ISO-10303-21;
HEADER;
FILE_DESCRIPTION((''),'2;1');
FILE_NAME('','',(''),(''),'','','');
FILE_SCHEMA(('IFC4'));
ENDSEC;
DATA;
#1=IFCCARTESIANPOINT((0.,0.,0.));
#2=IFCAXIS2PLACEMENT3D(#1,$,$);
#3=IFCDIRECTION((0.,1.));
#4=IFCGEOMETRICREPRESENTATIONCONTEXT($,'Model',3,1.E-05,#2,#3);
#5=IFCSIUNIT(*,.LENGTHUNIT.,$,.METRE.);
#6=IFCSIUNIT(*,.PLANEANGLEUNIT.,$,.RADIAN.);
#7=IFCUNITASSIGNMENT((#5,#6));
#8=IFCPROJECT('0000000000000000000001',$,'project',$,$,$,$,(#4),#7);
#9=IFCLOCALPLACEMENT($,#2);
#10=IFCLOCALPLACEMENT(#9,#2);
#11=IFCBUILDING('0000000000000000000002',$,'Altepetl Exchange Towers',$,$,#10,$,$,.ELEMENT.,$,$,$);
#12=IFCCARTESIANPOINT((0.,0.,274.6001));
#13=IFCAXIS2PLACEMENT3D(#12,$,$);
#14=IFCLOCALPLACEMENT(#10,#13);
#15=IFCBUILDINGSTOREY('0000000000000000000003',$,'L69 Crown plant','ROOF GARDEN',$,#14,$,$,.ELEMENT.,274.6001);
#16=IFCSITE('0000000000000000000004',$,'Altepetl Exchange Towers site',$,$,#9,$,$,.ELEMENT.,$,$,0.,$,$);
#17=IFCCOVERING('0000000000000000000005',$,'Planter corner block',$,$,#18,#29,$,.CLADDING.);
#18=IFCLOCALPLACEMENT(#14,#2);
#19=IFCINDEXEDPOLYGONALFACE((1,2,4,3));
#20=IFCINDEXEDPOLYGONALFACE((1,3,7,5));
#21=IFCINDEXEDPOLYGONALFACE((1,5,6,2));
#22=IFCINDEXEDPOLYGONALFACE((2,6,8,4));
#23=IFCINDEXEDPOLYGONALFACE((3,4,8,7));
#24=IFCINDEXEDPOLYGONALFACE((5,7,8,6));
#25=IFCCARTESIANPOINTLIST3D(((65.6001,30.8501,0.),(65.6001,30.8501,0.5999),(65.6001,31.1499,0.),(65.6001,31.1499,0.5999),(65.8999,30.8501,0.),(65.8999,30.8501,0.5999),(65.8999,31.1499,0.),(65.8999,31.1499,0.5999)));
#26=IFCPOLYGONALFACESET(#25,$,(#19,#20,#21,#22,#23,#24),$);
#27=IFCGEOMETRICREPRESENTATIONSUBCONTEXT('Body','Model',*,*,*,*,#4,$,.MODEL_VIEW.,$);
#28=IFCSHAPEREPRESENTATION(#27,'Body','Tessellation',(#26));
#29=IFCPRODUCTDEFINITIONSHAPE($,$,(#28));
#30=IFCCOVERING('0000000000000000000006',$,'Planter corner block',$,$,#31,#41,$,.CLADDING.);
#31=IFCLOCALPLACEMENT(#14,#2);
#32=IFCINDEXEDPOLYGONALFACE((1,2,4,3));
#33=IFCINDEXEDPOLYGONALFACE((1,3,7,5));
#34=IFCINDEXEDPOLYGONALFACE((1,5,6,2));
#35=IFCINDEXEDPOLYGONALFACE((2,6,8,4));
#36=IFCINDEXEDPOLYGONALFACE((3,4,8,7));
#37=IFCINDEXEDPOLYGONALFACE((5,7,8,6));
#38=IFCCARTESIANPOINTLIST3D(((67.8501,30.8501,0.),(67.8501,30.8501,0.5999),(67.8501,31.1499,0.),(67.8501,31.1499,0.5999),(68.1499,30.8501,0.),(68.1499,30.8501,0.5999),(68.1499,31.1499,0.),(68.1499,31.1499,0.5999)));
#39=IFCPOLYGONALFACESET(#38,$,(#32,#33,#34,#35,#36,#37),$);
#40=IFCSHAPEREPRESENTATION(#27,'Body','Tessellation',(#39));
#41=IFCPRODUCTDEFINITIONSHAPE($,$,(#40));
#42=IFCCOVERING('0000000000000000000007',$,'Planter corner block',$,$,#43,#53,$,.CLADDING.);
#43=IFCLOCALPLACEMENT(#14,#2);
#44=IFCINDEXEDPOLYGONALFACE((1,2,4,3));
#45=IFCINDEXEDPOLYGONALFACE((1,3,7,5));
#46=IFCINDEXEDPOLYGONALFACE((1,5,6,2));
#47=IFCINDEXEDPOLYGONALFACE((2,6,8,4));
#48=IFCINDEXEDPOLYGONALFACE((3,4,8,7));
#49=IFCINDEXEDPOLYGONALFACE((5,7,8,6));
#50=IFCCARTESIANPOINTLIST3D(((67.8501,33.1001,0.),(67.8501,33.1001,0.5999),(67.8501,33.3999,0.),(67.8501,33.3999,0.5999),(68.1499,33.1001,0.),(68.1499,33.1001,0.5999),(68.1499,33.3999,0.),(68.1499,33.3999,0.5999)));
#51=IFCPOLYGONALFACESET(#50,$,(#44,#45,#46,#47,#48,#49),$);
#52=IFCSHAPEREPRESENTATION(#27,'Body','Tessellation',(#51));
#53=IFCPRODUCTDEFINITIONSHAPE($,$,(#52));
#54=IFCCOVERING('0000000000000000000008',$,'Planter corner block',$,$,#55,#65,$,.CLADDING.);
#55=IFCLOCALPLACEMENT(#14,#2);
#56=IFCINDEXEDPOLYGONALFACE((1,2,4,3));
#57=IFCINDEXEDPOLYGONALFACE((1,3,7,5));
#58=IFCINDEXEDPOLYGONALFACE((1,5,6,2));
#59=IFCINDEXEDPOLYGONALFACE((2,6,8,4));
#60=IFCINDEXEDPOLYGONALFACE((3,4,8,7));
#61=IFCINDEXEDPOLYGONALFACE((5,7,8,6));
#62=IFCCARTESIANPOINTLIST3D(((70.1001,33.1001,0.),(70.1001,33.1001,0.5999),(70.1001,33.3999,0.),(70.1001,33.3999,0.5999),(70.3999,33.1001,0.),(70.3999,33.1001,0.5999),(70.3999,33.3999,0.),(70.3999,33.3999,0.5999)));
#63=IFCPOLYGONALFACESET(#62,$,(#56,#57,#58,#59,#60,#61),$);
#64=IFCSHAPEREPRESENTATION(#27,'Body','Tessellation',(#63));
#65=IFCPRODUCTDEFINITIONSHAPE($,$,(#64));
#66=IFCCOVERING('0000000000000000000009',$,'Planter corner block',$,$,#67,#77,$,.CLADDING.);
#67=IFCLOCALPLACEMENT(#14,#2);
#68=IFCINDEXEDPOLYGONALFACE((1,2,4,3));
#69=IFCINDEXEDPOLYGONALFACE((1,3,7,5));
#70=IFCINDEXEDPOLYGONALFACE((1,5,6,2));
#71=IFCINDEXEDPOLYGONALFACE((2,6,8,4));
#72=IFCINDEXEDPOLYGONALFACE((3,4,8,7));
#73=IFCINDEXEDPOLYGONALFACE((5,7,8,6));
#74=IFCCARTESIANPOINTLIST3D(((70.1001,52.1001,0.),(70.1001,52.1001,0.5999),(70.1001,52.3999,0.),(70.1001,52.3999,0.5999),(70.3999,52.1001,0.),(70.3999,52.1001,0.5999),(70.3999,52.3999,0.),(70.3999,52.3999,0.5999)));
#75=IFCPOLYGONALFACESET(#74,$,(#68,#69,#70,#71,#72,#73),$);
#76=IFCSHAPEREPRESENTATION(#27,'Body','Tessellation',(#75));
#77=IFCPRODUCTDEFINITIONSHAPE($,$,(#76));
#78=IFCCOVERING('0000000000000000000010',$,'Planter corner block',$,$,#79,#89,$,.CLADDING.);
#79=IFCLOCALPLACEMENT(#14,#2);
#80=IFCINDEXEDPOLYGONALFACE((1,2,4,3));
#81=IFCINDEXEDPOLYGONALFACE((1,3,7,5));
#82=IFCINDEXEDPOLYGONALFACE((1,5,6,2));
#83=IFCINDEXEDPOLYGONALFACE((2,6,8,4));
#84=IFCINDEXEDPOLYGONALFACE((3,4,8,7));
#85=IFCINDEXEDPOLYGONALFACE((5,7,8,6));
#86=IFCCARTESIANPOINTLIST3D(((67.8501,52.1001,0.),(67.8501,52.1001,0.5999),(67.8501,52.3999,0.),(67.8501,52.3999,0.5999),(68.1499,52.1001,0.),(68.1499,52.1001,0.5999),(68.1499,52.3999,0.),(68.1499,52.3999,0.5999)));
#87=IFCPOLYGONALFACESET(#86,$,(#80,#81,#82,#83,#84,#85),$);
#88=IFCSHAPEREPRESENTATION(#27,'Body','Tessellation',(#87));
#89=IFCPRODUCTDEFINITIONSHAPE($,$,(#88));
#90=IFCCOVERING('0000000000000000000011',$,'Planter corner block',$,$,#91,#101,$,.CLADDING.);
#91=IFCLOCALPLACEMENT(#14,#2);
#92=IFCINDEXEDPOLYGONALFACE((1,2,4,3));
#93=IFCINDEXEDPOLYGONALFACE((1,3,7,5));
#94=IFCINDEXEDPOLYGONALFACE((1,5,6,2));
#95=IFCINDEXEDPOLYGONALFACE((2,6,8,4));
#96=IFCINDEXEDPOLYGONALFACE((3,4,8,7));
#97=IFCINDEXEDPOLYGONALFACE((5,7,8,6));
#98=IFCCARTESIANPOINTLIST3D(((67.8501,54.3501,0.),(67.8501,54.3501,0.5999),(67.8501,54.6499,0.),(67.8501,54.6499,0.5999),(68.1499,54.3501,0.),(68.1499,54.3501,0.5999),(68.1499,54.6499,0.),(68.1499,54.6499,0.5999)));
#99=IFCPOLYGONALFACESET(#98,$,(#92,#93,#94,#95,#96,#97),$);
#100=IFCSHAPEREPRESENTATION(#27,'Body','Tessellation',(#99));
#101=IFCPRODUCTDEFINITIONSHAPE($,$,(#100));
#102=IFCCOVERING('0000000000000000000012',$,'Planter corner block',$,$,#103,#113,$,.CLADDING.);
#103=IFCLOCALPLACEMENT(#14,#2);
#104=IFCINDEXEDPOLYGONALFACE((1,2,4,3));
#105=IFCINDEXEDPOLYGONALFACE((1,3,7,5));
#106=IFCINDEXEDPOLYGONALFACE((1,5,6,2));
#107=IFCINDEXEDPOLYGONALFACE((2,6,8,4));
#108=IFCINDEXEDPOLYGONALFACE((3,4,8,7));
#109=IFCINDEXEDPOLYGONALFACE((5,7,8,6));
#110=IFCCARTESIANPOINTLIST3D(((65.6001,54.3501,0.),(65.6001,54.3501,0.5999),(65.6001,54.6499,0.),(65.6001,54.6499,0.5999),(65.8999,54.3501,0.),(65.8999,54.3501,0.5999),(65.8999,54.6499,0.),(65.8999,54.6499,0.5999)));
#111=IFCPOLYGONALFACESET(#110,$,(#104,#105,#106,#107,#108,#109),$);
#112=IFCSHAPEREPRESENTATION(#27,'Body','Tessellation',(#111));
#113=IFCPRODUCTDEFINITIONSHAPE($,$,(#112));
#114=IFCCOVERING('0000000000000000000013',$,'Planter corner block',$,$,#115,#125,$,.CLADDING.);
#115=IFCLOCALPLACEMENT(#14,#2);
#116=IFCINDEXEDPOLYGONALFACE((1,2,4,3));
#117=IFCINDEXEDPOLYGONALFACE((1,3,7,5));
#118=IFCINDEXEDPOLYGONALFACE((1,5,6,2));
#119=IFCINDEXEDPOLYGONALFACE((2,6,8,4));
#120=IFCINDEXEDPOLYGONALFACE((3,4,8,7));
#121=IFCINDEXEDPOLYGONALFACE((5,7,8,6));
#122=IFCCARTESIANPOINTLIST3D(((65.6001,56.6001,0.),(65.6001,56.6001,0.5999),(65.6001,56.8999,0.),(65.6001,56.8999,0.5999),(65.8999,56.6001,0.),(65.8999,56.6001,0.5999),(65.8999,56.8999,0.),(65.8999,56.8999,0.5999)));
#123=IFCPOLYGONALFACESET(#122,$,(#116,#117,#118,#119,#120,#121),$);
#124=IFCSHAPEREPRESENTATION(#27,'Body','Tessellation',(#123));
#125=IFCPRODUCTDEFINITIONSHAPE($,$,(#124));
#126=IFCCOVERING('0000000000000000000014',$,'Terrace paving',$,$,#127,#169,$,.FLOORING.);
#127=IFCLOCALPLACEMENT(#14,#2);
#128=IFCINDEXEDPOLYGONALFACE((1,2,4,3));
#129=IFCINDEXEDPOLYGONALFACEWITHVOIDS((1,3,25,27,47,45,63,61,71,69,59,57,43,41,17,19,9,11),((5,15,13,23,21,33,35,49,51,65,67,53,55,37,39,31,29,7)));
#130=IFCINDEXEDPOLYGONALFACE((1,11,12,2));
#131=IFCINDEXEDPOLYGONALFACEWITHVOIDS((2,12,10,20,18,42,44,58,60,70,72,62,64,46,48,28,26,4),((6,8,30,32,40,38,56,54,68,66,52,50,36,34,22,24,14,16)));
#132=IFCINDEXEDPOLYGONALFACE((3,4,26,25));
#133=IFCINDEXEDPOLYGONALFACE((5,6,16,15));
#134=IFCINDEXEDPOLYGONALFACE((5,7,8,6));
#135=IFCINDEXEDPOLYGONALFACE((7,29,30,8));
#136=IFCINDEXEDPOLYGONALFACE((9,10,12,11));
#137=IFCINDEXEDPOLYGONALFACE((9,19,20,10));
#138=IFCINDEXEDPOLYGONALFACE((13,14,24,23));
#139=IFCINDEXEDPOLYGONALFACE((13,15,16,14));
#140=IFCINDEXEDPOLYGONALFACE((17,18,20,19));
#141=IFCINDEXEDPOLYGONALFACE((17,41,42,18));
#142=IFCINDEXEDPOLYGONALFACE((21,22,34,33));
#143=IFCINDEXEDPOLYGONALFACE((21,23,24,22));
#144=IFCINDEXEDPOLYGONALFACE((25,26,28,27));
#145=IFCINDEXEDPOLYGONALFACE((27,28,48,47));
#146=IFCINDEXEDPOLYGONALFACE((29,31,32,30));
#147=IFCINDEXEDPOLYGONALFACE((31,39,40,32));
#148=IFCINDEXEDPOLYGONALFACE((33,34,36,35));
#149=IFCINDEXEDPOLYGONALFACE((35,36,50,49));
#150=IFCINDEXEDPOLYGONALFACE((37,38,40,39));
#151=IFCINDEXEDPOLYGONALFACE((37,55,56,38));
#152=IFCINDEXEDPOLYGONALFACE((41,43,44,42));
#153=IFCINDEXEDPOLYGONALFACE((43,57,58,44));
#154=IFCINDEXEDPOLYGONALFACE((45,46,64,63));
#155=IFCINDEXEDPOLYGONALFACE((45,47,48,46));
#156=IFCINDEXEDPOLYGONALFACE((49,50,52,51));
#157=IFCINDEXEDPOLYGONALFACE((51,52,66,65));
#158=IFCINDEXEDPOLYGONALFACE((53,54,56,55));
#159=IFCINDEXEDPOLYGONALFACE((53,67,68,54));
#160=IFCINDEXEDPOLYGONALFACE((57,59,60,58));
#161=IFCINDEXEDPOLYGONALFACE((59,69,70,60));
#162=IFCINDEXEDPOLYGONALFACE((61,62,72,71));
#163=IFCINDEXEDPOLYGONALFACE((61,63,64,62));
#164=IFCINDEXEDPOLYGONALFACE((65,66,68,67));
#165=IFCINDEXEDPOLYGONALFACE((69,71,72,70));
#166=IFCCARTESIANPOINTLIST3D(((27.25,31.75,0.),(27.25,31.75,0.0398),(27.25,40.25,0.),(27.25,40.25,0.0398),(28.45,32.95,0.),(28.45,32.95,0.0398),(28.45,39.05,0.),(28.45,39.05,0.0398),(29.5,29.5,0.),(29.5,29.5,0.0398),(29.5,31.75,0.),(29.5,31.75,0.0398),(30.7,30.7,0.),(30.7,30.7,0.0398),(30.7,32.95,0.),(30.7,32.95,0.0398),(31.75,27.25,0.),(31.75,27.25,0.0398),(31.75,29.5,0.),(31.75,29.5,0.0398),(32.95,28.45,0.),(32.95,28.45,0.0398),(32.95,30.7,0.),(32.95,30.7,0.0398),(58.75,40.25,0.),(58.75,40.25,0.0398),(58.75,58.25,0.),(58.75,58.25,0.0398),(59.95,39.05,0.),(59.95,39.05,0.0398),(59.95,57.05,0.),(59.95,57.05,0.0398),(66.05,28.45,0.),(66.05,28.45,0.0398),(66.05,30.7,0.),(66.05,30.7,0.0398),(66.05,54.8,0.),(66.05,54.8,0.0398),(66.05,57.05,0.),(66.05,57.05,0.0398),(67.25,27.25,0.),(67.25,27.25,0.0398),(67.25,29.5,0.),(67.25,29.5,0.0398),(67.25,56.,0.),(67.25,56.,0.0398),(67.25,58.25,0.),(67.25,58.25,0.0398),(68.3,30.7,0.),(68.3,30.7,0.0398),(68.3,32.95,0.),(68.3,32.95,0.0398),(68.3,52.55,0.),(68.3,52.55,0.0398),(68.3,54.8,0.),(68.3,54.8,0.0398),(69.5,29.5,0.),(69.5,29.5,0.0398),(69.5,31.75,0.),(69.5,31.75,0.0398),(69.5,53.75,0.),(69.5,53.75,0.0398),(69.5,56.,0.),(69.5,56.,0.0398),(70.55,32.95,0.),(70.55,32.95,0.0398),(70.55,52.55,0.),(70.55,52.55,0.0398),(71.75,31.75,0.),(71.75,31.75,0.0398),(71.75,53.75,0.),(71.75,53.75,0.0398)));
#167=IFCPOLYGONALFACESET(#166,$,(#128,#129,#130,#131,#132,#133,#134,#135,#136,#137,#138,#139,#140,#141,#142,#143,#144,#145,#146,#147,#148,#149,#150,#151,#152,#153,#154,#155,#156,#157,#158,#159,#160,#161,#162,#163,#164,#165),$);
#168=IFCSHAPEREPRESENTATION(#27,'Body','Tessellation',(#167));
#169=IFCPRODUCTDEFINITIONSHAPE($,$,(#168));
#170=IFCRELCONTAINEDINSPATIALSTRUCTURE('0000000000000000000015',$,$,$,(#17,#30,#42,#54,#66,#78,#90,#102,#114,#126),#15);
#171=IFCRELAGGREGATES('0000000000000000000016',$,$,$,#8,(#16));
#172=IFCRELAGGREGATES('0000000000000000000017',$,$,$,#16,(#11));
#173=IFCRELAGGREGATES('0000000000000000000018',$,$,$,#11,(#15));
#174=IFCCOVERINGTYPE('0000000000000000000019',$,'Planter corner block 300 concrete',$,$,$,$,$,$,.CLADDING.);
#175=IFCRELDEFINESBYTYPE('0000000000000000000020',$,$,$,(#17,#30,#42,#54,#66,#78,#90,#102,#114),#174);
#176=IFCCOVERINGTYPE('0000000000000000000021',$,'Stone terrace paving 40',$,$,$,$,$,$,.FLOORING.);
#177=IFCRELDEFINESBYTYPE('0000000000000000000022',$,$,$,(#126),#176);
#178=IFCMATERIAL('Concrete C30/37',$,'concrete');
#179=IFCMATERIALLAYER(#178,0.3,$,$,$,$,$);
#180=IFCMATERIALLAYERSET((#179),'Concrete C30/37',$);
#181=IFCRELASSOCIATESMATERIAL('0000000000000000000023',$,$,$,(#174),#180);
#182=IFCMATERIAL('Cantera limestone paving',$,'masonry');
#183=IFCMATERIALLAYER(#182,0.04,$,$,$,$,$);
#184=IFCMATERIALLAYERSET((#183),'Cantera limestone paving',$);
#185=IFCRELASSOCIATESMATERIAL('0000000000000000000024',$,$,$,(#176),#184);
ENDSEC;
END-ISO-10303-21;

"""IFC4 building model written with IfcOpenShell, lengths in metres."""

from ifc_helpers import new_model, si_unit, direction, frame, origin, place, context, subcontext, project, spatial, polyline, outline, extrude, material, layer, layer_set, type_object, element, save


model = new_model("IFC4")

# Units and contexts
model_context = context("Model", 3, precision=1e-05, world=origin(), true_north=direction((0.0, 1.0)))
body_context = subcontext(model_context, "Body", "Model", "MODEL_VIEW")
ifc_project = project(units=[si_unit("LENGTHUNIT", "METRE"), si_unit("PLANEANGLEUNIT", "RADIAN")], contexts=[model_context])

# Site, building, storey
site_placement = place(None, origin())
site = spatial("IfcSite", under=ifc_project, at=site_placement, Name="Altepetl Exchange Towers site", CompositionType="ELEMENT", RefElevation=0.0)
building_placement = place(site_placement, origin())
building = spatial("IfcBuilding", under=site, at=building_placement, Name="Altepetl Exchange Towers", CompositionType="ELEMENT")
storey_placement = place(building_placement, frame((0.0, 0.0, 274.6001)))
storey = spatial("IfcBuildingStorey", under=building, at=storey_placement, Name="L69 Crown plant", Description="ROOF GARDEN", CompositionType="ELEMENT", Elevation=274.6001)

# Coverings
ifc_material_1 = material(Name="Concrete C30/37", Category="concrete")
ifc_layer_1 = layer(ifc_material_1, 0.3)
ifc_layer_set_1 = layer_set([ifc_layer_1], Name="Concrete C30/37")
covering_type_1 = type_object("IfcCoveringType", Name="Planter corner block 300 concrete", PredefinedType="CLADDING", material=ifc_layer_set_1)
covering_1_placement = place(storey_placement, origin())
element("IfcCovering", 1, at=covering_1_placement, inside=storey, type_object=covering_type_1, Name="Planter corner block", PredefinedType="CLADDING", context=body_context, shape_type="SweptSolid", body=[
    extrude(outline(polyline([(65.8999, 31.1499), (65.6001, 31.1499), (65.6001, 30.8501), (65.8999, 30.8501), (65.8999, 31.1499)])), origin(), (0.0, 0.0, 1.0), 0.5999),
])
covering_2_placement = place(storey_placement, origin())
element("IfcCovering", 2, at=covering_2_placement, inside=storey, type_object=covering_type_1, Name="Planter corner block", PredefinedType="CLADDING", context=body_context, shape_type="SweptSolid", body=[
    extrude(outline(polyline([(67.8501, 31.1499), (67.8501, 30.8501), (68.1499, 30.8501), (68.1499, 31.1499), (67.8501, 31.1499)])), origin(), (0.0, 0.0, 1.0), 0.5999),
])
covering_3_placement = place(storey_placement, origin())
element("IfcCovering", 3, at=covering_3_placement, inside=storey, type_object=covering_type_1, Name="Planter corner block", PredefinedType="CLADDING", context=body_context, shape_type="SweptSolid", body=[
    extrude(outline(polyline([(68.1499, 33.3999), (67.8501, 33.3999), (67.8501, 33.1001), (68.1499, 33.1001), (68.1499, 33.3999)])), origin(), (0.0, 0.0, 1.0), 0.5999),
])
covering_4_placement = place(storey_placement, origin())
element("IfcCovering", 4, at=covering_4_placement, inside=storey, type_object=covering_type_1, Name="Planter corner block", PredefinedType="CLADDING", context=body_context, shape_type="SweptSolid", body=[
    extrude(outline(polyline([(70.1001, 33.3999), (70.1001, 33.1001), (70.3999, 33.1001), (70.3999, 33.3999), (70.1001, 33.3999)])), origin(), (0.0, 0.0, 1.0), 0.5999),
])
covering_5_placement = place(storey_placement, origin())
element("IfcCovering", 5, at=covering_5_placement, inside=storey, type_object=covering_type_1, Name="Planter corner block", PredefinedType="CLADDING", context=body_context, shape_type="SweptSolid", body=[
    extrude(outline(polyline([(70.1001, 52.1001), (70.3999, 52.1001), (70.3999, 52.3999), (70.1001, 52.3999), (70.1001, 52.1001)])), origin(), (0.0, 0.0, 1.0), 0.5999),
])
covering_6_placement = place(storey_placement, origin())
element("IfcCovering", 6, at=covering_6_placement, inside=storey, type_object=covering_type_1, Name="Planter corner block", PredefinedType="CLADDING", context=body_context, shape_type="SweptSolid", body=[
    extrude(outline(polyline([(67.8501, 52.3999), (67.8501, 52.1001), (68.1499, 52.1001), (68.1499, 52.3999), (67.8501, 52.3999)])), origin(), (0.0, 0.0, 1.0), 0.5999),
])
covering_7_placement = place(storey_placement, origin())
element("IfcCovering", 7, at=covering_7_placement, inside=storey, type_object=covering_type_1, Name="Planter corner block", PredefinedType="CLADDING", context=body_context, shape_type="SweptSolid", body=[
    extrude(outline(polyline([(67.8501, 54.3501), (68.1499, 54.3501), (68.1499, 54.6499), (67.8501, 54.6499), (67.8501, 54.3501)])), origin(), (0.0, 0.0, 1.0), 0.5999),
])
covering_8_placement = place(storey_placement, origin())
element("IfcCovering", 8, at=covering_8_placement, inside=storey, type_object=covering_type_1, Name="Planter corner block", PredefinedType="CLADDING", context=body_context, shape_type="SweptSolid", body=[
    extrude(outline(polyline([(65.6001, 54.6499), (65.6001, 54.3501), (65.8999, 54.3501), (65.8999, 54.6499), (65.6001, 54.6499)])), origin(), (0.0, 0.0, 1.0), 0.5999),
])
covering_9_placement = place(storey_placement, origin())
element("IfcCovering", 9, at=covering_9_placement, inside=storey, type_object=covering_type_1, Name="Planter corner block", PredefinedType="CLADDING", context=body_context, shape_type="SweptSolid", body=[
    extrude(outline(polyline([(65.8999, 56.6001), (65.8999, 56.8999), (65.6001, 56.8999), (65.6001, 56.6001), (65.8999, 56.6001)])), origin(), (0.0, 0.0, 1.0), 0.5999),
])
ifc_material_2 = material(Name="Cantera limestone paving", Category="masonry")
ifc_layer_2 = layer(ifc_material_2, 0.04)
ifc_layer_set_2 = layer_set([ifc_layer_2], Name="Cantera limestone paving")
covering_type_2 = type_object("IfcCoveringType", Name="Stone terrace paving 40", PredefinedType="FLOORING", material=ifc_layer_set_2)
covering_10_placement = place(storey_placement, origin())
element("IfcCovering", 10, at=covering_10_placement, inside=storey, type_object=covering_type_2, Name="Terrace paving", PredefinedType="FLOORING", context=body_context, shape_type="SweptSolid", body=[
    extrude(outline(polyline([(58.75, 58.25), (58.75, 40.25), (27.25, 40.25), (27.25, 31.75), (29.5, 31.75), (29.5, 29.5), (31.75, 29.5), (31.75, 27.25), (67.25, 27.25), (67.25, 29.5), (69.5, 29.5), (69.5, 31.75), (71.75, 31.75), (71.75, 53.75), (69.5, 53.75), (69.5, 56.0), (67.25, 56.0), (67.25, 58.25), (58.75, 58.25)]), holes=[polyline([(28.45, 39.05), (28.45, 32.95), (30.7, 32.95), (30.7, 30.7), (32.95, 30.7), (32.95, 28.45), (66.05, 28.45), (66.05, 30.7), (68.3, 30.7), (68.3, 32.95), (70.55, 32.95), (70.55, 52.55), (68.3, 52.55), (68.3, 54.8), (66.05, 54.8), (66.05, 57.05), (59.95, 57.05), (59.95, 39.05), (28.45, 39.05)])]), origin(), (0.0, 0.0, 1.0), 0.0398),
])

save(model, "model.ifc")
